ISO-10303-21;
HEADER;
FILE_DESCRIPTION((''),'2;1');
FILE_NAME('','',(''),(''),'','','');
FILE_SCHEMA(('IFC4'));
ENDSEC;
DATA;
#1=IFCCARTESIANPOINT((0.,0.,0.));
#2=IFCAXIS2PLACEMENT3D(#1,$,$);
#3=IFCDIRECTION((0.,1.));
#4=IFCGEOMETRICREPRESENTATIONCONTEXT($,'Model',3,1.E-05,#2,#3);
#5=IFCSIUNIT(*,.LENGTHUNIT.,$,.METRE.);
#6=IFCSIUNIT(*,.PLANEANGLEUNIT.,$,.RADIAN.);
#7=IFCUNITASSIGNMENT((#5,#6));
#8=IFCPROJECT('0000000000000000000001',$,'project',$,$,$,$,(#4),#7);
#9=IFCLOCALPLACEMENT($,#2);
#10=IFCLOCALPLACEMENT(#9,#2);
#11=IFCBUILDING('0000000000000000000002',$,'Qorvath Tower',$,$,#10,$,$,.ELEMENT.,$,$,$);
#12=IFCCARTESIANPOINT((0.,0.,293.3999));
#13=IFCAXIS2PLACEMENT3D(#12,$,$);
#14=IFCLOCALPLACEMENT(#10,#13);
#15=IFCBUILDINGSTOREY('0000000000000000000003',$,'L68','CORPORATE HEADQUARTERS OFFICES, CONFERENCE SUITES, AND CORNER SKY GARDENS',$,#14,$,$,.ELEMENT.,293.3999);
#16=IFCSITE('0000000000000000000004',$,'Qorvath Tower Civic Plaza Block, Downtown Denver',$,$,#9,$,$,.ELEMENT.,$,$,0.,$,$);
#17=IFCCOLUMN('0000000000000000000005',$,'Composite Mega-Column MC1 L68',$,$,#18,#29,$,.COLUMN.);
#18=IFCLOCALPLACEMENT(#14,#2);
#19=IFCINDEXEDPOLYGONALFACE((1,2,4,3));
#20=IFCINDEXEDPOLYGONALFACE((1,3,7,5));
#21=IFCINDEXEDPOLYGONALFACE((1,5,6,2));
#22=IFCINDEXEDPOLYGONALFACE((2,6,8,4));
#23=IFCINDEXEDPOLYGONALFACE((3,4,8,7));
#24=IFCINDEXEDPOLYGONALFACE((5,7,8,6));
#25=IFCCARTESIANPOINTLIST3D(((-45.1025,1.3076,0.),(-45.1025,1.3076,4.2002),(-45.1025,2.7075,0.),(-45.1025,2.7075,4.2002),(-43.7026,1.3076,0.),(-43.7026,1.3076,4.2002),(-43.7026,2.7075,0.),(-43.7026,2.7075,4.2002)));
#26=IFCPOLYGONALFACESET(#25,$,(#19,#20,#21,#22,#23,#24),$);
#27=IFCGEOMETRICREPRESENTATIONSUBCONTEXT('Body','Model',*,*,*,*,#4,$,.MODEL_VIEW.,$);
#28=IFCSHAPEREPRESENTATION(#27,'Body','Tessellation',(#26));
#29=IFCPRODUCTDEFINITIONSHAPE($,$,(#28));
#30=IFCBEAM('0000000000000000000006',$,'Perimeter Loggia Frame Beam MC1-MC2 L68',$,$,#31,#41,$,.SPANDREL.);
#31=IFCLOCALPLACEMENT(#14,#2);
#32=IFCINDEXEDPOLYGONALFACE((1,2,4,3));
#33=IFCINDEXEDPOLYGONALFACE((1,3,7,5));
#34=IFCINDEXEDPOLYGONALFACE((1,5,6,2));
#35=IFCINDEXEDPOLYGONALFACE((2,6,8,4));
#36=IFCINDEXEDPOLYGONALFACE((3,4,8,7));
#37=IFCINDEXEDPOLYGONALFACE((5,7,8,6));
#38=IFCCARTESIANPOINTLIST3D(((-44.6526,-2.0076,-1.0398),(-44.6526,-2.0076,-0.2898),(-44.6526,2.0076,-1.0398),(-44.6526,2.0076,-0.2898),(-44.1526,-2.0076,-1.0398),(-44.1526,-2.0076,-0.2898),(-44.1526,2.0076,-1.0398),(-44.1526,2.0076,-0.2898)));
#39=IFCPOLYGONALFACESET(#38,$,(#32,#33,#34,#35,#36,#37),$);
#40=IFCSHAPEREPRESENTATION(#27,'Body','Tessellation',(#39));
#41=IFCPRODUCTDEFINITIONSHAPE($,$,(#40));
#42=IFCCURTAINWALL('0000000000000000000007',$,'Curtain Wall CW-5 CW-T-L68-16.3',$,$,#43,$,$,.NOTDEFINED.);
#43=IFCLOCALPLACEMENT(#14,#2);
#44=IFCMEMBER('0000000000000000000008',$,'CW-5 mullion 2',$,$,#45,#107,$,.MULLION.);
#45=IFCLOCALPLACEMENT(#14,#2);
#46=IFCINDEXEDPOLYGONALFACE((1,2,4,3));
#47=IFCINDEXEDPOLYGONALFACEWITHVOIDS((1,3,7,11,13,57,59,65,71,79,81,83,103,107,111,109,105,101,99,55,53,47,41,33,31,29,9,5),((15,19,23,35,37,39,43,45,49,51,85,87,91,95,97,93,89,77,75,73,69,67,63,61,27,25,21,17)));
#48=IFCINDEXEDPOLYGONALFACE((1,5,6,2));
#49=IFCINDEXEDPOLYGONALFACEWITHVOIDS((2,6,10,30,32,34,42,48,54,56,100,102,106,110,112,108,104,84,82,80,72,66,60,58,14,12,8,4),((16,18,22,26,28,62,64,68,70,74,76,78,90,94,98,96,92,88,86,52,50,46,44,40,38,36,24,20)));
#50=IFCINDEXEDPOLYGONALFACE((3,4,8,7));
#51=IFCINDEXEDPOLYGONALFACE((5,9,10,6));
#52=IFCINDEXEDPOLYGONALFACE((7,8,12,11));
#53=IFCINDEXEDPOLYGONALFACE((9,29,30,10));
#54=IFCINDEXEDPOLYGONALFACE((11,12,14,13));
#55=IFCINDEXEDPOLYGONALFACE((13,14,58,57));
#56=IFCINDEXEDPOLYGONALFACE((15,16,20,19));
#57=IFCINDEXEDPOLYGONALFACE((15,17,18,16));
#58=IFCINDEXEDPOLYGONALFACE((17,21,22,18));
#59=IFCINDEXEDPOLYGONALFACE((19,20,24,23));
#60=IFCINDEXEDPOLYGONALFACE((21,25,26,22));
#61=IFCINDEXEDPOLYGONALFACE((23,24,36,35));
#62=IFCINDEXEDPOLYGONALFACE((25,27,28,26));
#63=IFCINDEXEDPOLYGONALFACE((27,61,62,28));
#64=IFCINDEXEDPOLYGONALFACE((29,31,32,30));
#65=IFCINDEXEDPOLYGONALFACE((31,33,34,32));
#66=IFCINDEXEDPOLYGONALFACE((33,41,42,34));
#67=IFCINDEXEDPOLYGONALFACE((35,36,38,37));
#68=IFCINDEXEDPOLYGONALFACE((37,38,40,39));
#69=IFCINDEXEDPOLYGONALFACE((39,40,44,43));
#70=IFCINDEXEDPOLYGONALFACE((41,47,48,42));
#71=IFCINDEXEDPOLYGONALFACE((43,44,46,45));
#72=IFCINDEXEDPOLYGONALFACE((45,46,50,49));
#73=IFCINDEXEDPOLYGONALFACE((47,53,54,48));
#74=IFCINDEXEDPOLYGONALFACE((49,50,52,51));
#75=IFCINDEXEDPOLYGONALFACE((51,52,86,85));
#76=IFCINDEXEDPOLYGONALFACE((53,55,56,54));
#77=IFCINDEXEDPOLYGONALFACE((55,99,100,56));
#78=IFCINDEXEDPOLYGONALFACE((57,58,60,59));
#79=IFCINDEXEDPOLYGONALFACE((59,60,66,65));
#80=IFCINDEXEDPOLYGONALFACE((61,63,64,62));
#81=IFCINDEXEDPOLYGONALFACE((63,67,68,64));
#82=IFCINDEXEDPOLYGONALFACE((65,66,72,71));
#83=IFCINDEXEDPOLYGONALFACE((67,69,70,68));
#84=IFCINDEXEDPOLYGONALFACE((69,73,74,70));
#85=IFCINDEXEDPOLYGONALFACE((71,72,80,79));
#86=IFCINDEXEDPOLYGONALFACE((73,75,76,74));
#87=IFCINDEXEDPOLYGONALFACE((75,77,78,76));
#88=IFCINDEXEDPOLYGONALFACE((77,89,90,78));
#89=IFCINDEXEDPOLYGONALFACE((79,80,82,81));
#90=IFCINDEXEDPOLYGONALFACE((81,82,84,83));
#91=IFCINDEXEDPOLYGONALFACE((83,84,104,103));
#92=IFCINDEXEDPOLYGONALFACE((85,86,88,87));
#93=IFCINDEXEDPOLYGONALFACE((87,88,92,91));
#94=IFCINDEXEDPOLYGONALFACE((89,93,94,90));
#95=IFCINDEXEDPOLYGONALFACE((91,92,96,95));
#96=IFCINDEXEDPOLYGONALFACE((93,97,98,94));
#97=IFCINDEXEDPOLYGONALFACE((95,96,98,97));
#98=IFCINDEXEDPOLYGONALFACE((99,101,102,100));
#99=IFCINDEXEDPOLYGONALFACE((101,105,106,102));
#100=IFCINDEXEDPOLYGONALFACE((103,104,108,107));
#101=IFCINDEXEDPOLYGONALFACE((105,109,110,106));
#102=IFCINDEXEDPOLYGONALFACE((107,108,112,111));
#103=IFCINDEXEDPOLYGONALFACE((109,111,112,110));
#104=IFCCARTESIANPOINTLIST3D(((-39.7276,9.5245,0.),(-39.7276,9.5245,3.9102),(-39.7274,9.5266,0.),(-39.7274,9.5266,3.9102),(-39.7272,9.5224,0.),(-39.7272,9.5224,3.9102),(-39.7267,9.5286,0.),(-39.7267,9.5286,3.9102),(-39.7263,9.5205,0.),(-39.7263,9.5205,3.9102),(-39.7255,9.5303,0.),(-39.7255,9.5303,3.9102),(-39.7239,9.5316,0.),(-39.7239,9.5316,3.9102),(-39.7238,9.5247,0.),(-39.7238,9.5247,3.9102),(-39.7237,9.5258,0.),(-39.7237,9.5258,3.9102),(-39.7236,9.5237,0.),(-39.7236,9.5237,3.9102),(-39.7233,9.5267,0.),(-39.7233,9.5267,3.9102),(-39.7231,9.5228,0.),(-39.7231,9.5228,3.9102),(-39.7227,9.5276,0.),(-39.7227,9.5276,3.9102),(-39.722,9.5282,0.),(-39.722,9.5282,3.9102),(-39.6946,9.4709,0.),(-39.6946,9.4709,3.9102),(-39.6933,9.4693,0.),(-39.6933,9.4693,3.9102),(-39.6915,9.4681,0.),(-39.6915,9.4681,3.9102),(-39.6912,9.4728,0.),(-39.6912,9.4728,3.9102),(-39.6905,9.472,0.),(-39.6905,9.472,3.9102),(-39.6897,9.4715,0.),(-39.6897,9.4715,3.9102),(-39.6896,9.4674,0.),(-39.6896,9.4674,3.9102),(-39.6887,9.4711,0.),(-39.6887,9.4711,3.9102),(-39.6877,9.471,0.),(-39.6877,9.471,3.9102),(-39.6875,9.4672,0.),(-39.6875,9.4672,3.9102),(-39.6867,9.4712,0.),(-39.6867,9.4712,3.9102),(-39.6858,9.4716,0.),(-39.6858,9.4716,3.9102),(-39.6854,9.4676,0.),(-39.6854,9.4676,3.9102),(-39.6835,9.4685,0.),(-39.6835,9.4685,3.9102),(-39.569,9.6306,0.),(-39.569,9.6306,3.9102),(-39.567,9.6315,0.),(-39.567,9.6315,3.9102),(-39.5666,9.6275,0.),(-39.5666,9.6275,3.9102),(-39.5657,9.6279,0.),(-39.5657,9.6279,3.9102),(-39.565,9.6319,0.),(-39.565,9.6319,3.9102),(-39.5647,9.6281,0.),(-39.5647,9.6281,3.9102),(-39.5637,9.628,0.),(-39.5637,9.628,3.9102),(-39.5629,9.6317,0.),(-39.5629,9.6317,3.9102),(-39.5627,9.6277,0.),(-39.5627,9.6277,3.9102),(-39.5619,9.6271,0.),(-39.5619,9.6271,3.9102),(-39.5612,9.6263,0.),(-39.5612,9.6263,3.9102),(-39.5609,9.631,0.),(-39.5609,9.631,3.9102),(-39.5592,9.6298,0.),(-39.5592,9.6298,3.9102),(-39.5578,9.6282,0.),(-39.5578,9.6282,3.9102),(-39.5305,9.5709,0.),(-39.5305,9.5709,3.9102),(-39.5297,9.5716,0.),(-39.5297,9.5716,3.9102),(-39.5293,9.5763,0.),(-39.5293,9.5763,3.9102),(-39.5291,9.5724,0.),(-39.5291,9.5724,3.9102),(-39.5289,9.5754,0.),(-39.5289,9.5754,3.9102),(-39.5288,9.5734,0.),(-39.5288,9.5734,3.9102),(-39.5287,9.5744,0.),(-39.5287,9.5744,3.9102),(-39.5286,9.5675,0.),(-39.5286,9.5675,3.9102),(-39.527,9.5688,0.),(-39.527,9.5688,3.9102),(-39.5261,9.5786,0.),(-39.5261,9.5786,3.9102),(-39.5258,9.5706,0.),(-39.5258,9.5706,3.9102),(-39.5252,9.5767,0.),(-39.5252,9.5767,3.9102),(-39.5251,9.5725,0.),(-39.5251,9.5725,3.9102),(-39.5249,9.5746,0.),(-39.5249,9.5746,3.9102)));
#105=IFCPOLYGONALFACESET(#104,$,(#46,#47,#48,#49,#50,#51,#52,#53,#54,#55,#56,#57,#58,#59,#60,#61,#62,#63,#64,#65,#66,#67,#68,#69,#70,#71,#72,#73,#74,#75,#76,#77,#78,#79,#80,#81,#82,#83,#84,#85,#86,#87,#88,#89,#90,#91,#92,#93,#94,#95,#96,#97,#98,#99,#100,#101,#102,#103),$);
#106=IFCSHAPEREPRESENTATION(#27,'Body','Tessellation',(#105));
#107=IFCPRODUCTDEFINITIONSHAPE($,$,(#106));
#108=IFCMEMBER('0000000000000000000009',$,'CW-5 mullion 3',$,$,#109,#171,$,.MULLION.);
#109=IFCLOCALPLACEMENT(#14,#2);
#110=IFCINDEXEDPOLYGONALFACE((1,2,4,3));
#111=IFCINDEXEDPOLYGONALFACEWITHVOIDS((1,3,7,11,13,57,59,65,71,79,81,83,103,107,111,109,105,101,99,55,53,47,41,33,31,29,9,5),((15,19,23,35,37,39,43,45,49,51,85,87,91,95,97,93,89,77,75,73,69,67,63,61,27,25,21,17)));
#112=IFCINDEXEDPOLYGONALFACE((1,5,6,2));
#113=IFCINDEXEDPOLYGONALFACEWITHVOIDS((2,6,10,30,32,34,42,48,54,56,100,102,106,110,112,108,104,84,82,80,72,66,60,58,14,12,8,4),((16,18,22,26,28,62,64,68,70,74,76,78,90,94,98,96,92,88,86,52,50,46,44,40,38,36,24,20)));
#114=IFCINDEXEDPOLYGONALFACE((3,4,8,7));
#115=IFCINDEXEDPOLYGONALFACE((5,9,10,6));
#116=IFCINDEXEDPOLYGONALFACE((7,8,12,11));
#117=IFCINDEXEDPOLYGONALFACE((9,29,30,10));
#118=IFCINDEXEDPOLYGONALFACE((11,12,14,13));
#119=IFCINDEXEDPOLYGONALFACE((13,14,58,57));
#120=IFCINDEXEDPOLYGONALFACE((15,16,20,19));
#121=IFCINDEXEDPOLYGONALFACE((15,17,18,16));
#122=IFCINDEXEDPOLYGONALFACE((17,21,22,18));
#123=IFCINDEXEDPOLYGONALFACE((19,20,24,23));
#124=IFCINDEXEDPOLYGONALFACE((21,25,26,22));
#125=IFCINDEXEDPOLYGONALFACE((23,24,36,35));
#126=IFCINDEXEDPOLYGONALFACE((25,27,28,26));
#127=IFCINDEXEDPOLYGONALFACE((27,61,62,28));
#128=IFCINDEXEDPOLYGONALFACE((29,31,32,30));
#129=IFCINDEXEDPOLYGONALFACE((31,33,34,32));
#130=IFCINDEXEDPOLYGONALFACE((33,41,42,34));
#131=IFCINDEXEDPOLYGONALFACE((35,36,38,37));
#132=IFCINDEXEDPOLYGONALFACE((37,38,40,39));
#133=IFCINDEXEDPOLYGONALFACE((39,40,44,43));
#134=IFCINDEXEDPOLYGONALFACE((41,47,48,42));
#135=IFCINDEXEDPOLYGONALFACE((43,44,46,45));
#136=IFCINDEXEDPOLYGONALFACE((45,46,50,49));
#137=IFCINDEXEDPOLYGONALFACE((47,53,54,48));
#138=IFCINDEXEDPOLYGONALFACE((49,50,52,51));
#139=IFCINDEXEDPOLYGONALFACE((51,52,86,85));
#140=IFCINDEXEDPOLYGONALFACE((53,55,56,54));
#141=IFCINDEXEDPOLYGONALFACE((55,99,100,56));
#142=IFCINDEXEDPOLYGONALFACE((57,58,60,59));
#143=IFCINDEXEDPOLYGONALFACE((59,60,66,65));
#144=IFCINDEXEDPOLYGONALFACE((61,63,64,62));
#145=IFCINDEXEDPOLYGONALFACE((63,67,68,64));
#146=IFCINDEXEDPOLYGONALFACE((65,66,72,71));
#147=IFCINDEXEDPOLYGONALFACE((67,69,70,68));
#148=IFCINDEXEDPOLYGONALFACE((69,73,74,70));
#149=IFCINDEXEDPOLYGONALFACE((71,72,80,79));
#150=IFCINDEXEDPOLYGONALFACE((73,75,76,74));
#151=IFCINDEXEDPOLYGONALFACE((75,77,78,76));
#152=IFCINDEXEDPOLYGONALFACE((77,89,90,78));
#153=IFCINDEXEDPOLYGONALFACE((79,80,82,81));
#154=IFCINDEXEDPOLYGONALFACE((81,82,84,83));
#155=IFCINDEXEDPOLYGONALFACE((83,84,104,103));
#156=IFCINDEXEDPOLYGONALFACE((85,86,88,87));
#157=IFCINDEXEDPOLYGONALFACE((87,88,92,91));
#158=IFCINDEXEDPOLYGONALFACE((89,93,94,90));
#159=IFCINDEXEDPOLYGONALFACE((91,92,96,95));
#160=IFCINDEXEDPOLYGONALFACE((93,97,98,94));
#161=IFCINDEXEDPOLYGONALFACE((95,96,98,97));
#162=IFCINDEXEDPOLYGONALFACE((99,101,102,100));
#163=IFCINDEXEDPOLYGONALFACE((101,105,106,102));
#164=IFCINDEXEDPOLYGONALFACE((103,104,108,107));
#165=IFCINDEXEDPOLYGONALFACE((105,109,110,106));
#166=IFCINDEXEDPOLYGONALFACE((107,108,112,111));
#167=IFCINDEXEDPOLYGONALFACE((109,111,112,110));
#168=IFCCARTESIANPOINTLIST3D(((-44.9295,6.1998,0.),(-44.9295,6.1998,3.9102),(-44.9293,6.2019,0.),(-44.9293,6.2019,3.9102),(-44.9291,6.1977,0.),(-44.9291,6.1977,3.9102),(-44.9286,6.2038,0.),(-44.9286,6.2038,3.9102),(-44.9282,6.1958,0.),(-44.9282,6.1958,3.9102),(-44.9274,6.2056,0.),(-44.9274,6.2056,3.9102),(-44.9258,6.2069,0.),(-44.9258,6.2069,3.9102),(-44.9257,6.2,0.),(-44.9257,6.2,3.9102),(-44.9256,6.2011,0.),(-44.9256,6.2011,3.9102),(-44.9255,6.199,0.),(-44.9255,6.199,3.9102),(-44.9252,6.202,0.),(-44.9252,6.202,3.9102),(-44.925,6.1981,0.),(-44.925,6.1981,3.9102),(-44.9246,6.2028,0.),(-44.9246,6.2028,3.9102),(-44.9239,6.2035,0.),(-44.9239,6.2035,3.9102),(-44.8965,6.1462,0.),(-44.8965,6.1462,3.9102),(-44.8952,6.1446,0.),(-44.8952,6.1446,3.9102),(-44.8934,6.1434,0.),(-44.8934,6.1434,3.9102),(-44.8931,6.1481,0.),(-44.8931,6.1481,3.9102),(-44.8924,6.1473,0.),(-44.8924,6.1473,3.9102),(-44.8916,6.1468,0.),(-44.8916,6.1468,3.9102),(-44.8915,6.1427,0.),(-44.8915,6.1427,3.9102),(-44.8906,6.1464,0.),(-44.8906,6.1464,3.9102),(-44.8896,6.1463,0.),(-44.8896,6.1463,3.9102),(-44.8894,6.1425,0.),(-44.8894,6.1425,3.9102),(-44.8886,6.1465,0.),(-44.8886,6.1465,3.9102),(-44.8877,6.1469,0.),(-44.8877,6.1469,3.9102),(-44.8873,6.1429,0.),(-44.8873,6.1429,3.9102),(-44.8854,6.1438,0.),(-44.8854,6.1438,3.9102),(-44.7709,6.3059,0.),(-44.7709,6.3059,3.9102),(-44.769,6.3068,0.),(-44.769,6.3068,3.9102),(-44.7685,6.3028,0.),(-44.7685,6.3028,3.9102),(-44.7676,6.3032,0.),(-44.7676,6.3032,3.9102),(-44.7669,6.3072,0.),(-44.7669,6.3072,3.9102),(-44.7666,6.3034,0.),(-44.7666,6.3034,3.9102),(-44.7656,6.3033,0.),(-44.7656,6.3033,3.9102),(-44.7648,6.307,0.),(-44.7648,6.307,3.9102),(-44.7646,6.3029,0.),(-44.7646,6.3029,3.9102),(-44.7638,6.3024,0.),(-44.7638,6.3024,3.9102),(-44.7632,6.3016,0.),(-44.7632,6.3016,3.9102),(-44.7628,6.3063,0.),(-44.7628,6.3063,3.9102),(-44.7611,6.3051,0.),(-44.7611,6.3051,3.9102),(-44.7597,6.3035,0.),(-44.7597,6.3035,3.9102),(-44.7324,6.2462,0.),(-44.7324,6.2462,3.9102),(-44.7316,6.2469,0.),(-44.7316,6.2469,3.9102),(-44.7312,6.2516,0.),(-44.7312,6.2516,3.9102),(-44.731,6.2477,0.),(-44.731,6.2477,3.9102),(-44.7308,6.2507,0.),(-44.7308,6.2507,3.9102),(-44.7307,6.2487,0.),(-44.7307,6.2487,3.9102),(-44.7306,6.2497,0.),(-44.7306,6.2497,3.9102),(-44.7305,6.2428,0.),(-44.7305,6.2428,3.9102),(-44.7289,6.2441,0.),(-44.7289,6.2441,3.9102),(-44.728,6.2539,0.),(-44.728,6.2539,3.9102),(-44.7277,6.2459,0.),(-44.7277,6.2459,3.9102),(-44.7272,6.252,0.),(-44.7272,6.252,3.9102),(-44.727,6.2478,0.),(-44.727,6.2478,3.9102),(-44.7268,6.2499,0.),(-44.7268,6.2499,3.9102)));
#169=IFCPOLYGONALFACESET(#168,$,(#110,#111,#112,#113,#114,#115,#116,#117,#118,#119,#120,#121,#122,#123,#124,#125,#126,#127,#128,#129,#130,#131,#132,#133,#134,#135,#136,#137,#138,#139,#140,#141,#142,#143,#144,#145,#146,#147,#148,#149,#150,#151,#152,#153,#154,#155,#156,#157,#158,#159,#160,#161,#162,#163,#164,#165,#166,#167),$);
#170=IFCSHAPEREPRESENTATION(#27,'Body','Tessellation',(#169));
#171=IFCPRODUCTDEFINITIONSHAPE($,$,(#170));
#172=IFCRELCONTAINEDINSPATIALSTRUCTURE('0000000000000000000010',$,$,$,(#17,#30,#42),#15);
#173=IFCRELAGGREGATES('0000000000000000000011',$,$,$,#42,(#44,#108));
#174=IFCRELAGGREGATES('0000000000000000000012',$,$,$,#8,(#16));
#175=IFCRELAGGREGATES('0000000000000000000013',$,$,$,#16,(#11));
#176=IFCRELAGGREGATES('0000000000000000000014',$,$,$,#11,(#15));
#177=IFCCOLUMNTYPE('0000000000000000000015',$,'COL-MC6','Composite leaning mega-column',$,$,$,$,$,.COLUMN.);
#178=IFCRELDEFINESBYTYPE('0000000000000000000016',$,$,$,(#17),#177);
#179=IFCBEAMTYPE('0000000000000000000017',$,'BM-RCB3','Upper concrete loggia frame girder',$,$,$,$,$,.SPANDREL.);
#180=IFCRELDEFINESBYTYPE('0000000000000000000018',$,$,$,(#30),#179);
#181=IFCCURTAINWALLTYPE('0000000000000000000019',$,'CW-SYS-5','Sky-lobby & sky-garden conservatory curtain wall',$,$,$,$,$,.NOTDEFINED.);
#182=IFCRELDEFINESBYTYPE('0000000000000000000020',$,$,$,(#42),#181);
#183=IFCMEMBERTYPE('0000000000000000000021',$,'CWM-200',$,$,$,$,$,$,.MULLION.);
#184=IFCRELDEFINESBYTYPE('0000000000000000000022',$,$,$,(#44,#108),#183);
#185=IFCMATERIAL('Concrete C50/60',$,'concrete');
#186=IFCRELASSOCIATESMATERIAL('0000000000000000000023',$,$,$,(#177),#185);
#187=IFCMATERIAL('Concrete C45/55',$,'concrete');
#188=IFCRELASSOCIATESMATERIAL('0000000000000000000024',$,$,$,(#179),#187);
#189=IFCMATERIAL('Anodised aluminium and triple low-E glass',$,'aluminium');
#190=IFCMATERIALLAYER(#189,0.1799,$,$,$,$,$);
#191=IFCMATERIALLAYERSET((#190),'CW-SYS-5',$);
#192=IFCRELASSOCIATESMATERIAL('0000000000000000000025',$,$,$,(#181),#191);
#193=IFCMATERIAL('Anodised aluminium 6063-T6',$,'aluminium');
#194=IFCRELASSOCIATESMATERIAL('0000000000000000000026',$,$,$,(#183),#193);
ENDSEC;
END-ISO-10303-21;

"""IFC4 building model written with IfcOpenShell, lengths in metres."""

from ifc_helpers import new_model, si_unit, direction, frame, origin, origin_2d, place, context, subcontext, project, spatial, rectangle, hollow_rectangle, extrude, material, layer, layer_set, material_profile, profile_set, type_object, element, aggregate, save


model = new_model("IFC4")

# Units and contexts
model_context = context("Model", 3, precision=1e-05, world=origin(), true_north=direction((0.0, 1.0)))
body_context = subcontext(model_context, "Body", "Model", "MODEL_VIEW")
ifc_project = project(units=[si_unit("LENGTHUNIT", "METRE"), si_unit("PLANEANGLEUNIT", "RADIAN")], contexts=[model_context])

# Site, building, storey
site_placement = place(None, origin())
site = spatial("IfcSite", under=ifc_project, at=site_placement, Name="Qorvath Tower Civic Plaza Block, Downtown Denver", CompositionType="ELEMENT", RefElevation=0.0)
building_placement = place(site_placement, origin())
building = spatial("IfcBuilding", under=site, at=building_placement, Name="Qorvath Tower", CompositionType="ELEMENT")
storey_placement = place(building_placement, frame((0.0, 0.0, 293.3999)))
storey = spatial("IfcBuildingStorey", under=building, at=storey_placement, Name="L68", Description="CORPORATE HEADQUARTERS OFFICES, CONFERENCE SUITES, AND CORNER SKY GARDENS", CompositionType="ELEMENT", Elevation=293.3999)

# Column
ifc_material_1 = material(Name="Concrete C50/60", Category="concrete")
ifc_material_profile_1 = material_profile(ifc_material_1, rectangle(XDim=1.3999, YDim=1.3999, at=origin_2d()), Name="MC 1400x1400")
ifc_profile_set_1 = profile_set([ifc_material_profile_1], Name="Concrete C50/60")
column_type = type_object("IfcColumnType", Name="COL-MC6", Description="Composite leaning mega-column", PredefinedType="COLUMN", material=ifc_profile_set_1)
column_placement = place(storey_placement, frame((-44.4026, 2.0076, 0.0), z_axis=(0.0, 0.0, 1.0), x_axis=(1.0, 0.0, 0.0)))
element("IfcColumn", 1, at=column_placement, inside=storey, type_object=column_type, Name="Composite Mega-Column MC1 L68", PredefinedType="COLUMN", context=body_context, shape_type="SweptSolid", body=[
    extrude(rectangle(XDim=1.3999, YDim=1.3999, at=origin_2d()), origin(), (0.0, 0.0, 1.0), 4.2002),
])

# Beam
ifc_material_2 = material(Name="Concrete C45/55", Category="concrete")
ifc_material_profile_2 = material_profile(ifc_material_2, rectangle(XDim=0.5, YDim=0.75, at=origin_2d()), Name="RCB 750x500")
ifc_profile_set_2 = profile_set([ifc_material_profile_2], Name="Concrete C45/55")
beam_type = type_object("IfcBeamType", Name="BM-RCB3", Description="Upper concrete loggia frame girder", PredefinedType="SPANDREL", material=ifc_profile_set_2)
beam_placement = place(storey_placement, frame((-44.4026, 2.0076, -0.6648), z_axis=(0.0, -1.0, 0.0), x_axis=(1.0, 0.0, 0.0)))
element("IfcBeam", 2, at=beam_placement, inside=storey, type_object=beam_type, Name="Perimeter Loggia Frame Beam MC1-MC2 L68", PredefinedType="SPANDREL", context=body_context, shape_type="SweptSolid", body=[
    extrude(rectangle(XDim=0.5, YDim=0.75, at=origin_2d()), origin(), (0.0, 0.0, 1.0), 4.0151),
])

# Curtain wall, members
ifc_material_3 = material(Name="Anodised aluminium and triple low-E glass", Category="aluminium")
ifc_layer_1 = layer(ifc_material_3, 0.1799)
ifc_layer_set_1 = layer_set([ifc_layer_1], Name="CW-SYS-5")
curtain_wall_type = type_object("IfcCurtainWallType", Name="CW-SYS-5", Description="Sky-lobby & sky-garden conservatory curtain wall", PredefinedType="NOTDEFINED", material=ifc_layer_set_1)
curtain_wall_placement = place(storey_placement, origin())
curtain_wall = element("IfcCurtainWall", 3, at=curtain_wall_placement, inside=storey, type_object=curtain_wall_type, Name="Curtain Wall CW-5 CW-T-L68-16.3", PredefinedType="NOTDEFINED")
ifc_material_4 = material(Name="Anodised aluminium 6063-T6", Category="aluminium")
ifc_material_profile_3 = material_profile(ifc_material_4, hollow_rectangle(XDim=0.075, YDim=0.2, WallThickness=0.0039, InnerFilletRadius=0.0039, OuterFilletRadius=0.0081, at=origin_2d()), Name="CWM 200x75")
ifc_profile_set_3 = profile_set([ifc_material_profile_3], Name="Anodised aluminium 6063-T6")
member_type_1 = type_object("IfcMemberType", Name="CWM-200", PredefinedType="MULLION", material=ifc_profile_set_3)
member_1_placement = place(storey_placement, frame((-39.6262, 9.5496, 0.0), z_axis=(0.0, 0.0, 1.0), x_axis=(0.538538, -0.842601, 0.0)))
member_1 = element("IfcMember", 4, at=member_1_placement, type_object=member_type_1, Name="CW-5 mullion 2", PredefinedType="MULLION", context=body_context, shape_type="SweptSolid", body=[
    extrude(hollow_rectangle(XDim=0.075, YDim=0.2, WallThickness=0.0039, InnerFilletRadius=0.0039, OuterFilletRadius=0.0081, at=origin_2d()), origin(), (0.0, 0.0, 1.0), 3.9102),
])
member_2_placement = place(storey_placement, frame((-44.8281, 6.2249, 0.0), z_axis=(0.0, 0.0, 1.0), x_axis=(0.538538, -0.842601, 0.0)))
member_2 = element("IfcMember", 5, at=member_2_placement, type_object=member_type_1, Name="CW-5 mullion 3", PredefinedType="MULLION", context=body_context, shape_type="SweptSolid", body=[
    extrude(hollow_rectangle(XDim=0.075, YDim=0.2, WallThickness=0.0039, InnerFilletRadius=0.0039, OuterFilletRadius=0.0081, at=origin_2d()), origin(), (0.0, 0.0, 1.0), 3.9102),
])
aggregate(curtain_wall, [member_1, member_2])

save(model, "model.ifc")
